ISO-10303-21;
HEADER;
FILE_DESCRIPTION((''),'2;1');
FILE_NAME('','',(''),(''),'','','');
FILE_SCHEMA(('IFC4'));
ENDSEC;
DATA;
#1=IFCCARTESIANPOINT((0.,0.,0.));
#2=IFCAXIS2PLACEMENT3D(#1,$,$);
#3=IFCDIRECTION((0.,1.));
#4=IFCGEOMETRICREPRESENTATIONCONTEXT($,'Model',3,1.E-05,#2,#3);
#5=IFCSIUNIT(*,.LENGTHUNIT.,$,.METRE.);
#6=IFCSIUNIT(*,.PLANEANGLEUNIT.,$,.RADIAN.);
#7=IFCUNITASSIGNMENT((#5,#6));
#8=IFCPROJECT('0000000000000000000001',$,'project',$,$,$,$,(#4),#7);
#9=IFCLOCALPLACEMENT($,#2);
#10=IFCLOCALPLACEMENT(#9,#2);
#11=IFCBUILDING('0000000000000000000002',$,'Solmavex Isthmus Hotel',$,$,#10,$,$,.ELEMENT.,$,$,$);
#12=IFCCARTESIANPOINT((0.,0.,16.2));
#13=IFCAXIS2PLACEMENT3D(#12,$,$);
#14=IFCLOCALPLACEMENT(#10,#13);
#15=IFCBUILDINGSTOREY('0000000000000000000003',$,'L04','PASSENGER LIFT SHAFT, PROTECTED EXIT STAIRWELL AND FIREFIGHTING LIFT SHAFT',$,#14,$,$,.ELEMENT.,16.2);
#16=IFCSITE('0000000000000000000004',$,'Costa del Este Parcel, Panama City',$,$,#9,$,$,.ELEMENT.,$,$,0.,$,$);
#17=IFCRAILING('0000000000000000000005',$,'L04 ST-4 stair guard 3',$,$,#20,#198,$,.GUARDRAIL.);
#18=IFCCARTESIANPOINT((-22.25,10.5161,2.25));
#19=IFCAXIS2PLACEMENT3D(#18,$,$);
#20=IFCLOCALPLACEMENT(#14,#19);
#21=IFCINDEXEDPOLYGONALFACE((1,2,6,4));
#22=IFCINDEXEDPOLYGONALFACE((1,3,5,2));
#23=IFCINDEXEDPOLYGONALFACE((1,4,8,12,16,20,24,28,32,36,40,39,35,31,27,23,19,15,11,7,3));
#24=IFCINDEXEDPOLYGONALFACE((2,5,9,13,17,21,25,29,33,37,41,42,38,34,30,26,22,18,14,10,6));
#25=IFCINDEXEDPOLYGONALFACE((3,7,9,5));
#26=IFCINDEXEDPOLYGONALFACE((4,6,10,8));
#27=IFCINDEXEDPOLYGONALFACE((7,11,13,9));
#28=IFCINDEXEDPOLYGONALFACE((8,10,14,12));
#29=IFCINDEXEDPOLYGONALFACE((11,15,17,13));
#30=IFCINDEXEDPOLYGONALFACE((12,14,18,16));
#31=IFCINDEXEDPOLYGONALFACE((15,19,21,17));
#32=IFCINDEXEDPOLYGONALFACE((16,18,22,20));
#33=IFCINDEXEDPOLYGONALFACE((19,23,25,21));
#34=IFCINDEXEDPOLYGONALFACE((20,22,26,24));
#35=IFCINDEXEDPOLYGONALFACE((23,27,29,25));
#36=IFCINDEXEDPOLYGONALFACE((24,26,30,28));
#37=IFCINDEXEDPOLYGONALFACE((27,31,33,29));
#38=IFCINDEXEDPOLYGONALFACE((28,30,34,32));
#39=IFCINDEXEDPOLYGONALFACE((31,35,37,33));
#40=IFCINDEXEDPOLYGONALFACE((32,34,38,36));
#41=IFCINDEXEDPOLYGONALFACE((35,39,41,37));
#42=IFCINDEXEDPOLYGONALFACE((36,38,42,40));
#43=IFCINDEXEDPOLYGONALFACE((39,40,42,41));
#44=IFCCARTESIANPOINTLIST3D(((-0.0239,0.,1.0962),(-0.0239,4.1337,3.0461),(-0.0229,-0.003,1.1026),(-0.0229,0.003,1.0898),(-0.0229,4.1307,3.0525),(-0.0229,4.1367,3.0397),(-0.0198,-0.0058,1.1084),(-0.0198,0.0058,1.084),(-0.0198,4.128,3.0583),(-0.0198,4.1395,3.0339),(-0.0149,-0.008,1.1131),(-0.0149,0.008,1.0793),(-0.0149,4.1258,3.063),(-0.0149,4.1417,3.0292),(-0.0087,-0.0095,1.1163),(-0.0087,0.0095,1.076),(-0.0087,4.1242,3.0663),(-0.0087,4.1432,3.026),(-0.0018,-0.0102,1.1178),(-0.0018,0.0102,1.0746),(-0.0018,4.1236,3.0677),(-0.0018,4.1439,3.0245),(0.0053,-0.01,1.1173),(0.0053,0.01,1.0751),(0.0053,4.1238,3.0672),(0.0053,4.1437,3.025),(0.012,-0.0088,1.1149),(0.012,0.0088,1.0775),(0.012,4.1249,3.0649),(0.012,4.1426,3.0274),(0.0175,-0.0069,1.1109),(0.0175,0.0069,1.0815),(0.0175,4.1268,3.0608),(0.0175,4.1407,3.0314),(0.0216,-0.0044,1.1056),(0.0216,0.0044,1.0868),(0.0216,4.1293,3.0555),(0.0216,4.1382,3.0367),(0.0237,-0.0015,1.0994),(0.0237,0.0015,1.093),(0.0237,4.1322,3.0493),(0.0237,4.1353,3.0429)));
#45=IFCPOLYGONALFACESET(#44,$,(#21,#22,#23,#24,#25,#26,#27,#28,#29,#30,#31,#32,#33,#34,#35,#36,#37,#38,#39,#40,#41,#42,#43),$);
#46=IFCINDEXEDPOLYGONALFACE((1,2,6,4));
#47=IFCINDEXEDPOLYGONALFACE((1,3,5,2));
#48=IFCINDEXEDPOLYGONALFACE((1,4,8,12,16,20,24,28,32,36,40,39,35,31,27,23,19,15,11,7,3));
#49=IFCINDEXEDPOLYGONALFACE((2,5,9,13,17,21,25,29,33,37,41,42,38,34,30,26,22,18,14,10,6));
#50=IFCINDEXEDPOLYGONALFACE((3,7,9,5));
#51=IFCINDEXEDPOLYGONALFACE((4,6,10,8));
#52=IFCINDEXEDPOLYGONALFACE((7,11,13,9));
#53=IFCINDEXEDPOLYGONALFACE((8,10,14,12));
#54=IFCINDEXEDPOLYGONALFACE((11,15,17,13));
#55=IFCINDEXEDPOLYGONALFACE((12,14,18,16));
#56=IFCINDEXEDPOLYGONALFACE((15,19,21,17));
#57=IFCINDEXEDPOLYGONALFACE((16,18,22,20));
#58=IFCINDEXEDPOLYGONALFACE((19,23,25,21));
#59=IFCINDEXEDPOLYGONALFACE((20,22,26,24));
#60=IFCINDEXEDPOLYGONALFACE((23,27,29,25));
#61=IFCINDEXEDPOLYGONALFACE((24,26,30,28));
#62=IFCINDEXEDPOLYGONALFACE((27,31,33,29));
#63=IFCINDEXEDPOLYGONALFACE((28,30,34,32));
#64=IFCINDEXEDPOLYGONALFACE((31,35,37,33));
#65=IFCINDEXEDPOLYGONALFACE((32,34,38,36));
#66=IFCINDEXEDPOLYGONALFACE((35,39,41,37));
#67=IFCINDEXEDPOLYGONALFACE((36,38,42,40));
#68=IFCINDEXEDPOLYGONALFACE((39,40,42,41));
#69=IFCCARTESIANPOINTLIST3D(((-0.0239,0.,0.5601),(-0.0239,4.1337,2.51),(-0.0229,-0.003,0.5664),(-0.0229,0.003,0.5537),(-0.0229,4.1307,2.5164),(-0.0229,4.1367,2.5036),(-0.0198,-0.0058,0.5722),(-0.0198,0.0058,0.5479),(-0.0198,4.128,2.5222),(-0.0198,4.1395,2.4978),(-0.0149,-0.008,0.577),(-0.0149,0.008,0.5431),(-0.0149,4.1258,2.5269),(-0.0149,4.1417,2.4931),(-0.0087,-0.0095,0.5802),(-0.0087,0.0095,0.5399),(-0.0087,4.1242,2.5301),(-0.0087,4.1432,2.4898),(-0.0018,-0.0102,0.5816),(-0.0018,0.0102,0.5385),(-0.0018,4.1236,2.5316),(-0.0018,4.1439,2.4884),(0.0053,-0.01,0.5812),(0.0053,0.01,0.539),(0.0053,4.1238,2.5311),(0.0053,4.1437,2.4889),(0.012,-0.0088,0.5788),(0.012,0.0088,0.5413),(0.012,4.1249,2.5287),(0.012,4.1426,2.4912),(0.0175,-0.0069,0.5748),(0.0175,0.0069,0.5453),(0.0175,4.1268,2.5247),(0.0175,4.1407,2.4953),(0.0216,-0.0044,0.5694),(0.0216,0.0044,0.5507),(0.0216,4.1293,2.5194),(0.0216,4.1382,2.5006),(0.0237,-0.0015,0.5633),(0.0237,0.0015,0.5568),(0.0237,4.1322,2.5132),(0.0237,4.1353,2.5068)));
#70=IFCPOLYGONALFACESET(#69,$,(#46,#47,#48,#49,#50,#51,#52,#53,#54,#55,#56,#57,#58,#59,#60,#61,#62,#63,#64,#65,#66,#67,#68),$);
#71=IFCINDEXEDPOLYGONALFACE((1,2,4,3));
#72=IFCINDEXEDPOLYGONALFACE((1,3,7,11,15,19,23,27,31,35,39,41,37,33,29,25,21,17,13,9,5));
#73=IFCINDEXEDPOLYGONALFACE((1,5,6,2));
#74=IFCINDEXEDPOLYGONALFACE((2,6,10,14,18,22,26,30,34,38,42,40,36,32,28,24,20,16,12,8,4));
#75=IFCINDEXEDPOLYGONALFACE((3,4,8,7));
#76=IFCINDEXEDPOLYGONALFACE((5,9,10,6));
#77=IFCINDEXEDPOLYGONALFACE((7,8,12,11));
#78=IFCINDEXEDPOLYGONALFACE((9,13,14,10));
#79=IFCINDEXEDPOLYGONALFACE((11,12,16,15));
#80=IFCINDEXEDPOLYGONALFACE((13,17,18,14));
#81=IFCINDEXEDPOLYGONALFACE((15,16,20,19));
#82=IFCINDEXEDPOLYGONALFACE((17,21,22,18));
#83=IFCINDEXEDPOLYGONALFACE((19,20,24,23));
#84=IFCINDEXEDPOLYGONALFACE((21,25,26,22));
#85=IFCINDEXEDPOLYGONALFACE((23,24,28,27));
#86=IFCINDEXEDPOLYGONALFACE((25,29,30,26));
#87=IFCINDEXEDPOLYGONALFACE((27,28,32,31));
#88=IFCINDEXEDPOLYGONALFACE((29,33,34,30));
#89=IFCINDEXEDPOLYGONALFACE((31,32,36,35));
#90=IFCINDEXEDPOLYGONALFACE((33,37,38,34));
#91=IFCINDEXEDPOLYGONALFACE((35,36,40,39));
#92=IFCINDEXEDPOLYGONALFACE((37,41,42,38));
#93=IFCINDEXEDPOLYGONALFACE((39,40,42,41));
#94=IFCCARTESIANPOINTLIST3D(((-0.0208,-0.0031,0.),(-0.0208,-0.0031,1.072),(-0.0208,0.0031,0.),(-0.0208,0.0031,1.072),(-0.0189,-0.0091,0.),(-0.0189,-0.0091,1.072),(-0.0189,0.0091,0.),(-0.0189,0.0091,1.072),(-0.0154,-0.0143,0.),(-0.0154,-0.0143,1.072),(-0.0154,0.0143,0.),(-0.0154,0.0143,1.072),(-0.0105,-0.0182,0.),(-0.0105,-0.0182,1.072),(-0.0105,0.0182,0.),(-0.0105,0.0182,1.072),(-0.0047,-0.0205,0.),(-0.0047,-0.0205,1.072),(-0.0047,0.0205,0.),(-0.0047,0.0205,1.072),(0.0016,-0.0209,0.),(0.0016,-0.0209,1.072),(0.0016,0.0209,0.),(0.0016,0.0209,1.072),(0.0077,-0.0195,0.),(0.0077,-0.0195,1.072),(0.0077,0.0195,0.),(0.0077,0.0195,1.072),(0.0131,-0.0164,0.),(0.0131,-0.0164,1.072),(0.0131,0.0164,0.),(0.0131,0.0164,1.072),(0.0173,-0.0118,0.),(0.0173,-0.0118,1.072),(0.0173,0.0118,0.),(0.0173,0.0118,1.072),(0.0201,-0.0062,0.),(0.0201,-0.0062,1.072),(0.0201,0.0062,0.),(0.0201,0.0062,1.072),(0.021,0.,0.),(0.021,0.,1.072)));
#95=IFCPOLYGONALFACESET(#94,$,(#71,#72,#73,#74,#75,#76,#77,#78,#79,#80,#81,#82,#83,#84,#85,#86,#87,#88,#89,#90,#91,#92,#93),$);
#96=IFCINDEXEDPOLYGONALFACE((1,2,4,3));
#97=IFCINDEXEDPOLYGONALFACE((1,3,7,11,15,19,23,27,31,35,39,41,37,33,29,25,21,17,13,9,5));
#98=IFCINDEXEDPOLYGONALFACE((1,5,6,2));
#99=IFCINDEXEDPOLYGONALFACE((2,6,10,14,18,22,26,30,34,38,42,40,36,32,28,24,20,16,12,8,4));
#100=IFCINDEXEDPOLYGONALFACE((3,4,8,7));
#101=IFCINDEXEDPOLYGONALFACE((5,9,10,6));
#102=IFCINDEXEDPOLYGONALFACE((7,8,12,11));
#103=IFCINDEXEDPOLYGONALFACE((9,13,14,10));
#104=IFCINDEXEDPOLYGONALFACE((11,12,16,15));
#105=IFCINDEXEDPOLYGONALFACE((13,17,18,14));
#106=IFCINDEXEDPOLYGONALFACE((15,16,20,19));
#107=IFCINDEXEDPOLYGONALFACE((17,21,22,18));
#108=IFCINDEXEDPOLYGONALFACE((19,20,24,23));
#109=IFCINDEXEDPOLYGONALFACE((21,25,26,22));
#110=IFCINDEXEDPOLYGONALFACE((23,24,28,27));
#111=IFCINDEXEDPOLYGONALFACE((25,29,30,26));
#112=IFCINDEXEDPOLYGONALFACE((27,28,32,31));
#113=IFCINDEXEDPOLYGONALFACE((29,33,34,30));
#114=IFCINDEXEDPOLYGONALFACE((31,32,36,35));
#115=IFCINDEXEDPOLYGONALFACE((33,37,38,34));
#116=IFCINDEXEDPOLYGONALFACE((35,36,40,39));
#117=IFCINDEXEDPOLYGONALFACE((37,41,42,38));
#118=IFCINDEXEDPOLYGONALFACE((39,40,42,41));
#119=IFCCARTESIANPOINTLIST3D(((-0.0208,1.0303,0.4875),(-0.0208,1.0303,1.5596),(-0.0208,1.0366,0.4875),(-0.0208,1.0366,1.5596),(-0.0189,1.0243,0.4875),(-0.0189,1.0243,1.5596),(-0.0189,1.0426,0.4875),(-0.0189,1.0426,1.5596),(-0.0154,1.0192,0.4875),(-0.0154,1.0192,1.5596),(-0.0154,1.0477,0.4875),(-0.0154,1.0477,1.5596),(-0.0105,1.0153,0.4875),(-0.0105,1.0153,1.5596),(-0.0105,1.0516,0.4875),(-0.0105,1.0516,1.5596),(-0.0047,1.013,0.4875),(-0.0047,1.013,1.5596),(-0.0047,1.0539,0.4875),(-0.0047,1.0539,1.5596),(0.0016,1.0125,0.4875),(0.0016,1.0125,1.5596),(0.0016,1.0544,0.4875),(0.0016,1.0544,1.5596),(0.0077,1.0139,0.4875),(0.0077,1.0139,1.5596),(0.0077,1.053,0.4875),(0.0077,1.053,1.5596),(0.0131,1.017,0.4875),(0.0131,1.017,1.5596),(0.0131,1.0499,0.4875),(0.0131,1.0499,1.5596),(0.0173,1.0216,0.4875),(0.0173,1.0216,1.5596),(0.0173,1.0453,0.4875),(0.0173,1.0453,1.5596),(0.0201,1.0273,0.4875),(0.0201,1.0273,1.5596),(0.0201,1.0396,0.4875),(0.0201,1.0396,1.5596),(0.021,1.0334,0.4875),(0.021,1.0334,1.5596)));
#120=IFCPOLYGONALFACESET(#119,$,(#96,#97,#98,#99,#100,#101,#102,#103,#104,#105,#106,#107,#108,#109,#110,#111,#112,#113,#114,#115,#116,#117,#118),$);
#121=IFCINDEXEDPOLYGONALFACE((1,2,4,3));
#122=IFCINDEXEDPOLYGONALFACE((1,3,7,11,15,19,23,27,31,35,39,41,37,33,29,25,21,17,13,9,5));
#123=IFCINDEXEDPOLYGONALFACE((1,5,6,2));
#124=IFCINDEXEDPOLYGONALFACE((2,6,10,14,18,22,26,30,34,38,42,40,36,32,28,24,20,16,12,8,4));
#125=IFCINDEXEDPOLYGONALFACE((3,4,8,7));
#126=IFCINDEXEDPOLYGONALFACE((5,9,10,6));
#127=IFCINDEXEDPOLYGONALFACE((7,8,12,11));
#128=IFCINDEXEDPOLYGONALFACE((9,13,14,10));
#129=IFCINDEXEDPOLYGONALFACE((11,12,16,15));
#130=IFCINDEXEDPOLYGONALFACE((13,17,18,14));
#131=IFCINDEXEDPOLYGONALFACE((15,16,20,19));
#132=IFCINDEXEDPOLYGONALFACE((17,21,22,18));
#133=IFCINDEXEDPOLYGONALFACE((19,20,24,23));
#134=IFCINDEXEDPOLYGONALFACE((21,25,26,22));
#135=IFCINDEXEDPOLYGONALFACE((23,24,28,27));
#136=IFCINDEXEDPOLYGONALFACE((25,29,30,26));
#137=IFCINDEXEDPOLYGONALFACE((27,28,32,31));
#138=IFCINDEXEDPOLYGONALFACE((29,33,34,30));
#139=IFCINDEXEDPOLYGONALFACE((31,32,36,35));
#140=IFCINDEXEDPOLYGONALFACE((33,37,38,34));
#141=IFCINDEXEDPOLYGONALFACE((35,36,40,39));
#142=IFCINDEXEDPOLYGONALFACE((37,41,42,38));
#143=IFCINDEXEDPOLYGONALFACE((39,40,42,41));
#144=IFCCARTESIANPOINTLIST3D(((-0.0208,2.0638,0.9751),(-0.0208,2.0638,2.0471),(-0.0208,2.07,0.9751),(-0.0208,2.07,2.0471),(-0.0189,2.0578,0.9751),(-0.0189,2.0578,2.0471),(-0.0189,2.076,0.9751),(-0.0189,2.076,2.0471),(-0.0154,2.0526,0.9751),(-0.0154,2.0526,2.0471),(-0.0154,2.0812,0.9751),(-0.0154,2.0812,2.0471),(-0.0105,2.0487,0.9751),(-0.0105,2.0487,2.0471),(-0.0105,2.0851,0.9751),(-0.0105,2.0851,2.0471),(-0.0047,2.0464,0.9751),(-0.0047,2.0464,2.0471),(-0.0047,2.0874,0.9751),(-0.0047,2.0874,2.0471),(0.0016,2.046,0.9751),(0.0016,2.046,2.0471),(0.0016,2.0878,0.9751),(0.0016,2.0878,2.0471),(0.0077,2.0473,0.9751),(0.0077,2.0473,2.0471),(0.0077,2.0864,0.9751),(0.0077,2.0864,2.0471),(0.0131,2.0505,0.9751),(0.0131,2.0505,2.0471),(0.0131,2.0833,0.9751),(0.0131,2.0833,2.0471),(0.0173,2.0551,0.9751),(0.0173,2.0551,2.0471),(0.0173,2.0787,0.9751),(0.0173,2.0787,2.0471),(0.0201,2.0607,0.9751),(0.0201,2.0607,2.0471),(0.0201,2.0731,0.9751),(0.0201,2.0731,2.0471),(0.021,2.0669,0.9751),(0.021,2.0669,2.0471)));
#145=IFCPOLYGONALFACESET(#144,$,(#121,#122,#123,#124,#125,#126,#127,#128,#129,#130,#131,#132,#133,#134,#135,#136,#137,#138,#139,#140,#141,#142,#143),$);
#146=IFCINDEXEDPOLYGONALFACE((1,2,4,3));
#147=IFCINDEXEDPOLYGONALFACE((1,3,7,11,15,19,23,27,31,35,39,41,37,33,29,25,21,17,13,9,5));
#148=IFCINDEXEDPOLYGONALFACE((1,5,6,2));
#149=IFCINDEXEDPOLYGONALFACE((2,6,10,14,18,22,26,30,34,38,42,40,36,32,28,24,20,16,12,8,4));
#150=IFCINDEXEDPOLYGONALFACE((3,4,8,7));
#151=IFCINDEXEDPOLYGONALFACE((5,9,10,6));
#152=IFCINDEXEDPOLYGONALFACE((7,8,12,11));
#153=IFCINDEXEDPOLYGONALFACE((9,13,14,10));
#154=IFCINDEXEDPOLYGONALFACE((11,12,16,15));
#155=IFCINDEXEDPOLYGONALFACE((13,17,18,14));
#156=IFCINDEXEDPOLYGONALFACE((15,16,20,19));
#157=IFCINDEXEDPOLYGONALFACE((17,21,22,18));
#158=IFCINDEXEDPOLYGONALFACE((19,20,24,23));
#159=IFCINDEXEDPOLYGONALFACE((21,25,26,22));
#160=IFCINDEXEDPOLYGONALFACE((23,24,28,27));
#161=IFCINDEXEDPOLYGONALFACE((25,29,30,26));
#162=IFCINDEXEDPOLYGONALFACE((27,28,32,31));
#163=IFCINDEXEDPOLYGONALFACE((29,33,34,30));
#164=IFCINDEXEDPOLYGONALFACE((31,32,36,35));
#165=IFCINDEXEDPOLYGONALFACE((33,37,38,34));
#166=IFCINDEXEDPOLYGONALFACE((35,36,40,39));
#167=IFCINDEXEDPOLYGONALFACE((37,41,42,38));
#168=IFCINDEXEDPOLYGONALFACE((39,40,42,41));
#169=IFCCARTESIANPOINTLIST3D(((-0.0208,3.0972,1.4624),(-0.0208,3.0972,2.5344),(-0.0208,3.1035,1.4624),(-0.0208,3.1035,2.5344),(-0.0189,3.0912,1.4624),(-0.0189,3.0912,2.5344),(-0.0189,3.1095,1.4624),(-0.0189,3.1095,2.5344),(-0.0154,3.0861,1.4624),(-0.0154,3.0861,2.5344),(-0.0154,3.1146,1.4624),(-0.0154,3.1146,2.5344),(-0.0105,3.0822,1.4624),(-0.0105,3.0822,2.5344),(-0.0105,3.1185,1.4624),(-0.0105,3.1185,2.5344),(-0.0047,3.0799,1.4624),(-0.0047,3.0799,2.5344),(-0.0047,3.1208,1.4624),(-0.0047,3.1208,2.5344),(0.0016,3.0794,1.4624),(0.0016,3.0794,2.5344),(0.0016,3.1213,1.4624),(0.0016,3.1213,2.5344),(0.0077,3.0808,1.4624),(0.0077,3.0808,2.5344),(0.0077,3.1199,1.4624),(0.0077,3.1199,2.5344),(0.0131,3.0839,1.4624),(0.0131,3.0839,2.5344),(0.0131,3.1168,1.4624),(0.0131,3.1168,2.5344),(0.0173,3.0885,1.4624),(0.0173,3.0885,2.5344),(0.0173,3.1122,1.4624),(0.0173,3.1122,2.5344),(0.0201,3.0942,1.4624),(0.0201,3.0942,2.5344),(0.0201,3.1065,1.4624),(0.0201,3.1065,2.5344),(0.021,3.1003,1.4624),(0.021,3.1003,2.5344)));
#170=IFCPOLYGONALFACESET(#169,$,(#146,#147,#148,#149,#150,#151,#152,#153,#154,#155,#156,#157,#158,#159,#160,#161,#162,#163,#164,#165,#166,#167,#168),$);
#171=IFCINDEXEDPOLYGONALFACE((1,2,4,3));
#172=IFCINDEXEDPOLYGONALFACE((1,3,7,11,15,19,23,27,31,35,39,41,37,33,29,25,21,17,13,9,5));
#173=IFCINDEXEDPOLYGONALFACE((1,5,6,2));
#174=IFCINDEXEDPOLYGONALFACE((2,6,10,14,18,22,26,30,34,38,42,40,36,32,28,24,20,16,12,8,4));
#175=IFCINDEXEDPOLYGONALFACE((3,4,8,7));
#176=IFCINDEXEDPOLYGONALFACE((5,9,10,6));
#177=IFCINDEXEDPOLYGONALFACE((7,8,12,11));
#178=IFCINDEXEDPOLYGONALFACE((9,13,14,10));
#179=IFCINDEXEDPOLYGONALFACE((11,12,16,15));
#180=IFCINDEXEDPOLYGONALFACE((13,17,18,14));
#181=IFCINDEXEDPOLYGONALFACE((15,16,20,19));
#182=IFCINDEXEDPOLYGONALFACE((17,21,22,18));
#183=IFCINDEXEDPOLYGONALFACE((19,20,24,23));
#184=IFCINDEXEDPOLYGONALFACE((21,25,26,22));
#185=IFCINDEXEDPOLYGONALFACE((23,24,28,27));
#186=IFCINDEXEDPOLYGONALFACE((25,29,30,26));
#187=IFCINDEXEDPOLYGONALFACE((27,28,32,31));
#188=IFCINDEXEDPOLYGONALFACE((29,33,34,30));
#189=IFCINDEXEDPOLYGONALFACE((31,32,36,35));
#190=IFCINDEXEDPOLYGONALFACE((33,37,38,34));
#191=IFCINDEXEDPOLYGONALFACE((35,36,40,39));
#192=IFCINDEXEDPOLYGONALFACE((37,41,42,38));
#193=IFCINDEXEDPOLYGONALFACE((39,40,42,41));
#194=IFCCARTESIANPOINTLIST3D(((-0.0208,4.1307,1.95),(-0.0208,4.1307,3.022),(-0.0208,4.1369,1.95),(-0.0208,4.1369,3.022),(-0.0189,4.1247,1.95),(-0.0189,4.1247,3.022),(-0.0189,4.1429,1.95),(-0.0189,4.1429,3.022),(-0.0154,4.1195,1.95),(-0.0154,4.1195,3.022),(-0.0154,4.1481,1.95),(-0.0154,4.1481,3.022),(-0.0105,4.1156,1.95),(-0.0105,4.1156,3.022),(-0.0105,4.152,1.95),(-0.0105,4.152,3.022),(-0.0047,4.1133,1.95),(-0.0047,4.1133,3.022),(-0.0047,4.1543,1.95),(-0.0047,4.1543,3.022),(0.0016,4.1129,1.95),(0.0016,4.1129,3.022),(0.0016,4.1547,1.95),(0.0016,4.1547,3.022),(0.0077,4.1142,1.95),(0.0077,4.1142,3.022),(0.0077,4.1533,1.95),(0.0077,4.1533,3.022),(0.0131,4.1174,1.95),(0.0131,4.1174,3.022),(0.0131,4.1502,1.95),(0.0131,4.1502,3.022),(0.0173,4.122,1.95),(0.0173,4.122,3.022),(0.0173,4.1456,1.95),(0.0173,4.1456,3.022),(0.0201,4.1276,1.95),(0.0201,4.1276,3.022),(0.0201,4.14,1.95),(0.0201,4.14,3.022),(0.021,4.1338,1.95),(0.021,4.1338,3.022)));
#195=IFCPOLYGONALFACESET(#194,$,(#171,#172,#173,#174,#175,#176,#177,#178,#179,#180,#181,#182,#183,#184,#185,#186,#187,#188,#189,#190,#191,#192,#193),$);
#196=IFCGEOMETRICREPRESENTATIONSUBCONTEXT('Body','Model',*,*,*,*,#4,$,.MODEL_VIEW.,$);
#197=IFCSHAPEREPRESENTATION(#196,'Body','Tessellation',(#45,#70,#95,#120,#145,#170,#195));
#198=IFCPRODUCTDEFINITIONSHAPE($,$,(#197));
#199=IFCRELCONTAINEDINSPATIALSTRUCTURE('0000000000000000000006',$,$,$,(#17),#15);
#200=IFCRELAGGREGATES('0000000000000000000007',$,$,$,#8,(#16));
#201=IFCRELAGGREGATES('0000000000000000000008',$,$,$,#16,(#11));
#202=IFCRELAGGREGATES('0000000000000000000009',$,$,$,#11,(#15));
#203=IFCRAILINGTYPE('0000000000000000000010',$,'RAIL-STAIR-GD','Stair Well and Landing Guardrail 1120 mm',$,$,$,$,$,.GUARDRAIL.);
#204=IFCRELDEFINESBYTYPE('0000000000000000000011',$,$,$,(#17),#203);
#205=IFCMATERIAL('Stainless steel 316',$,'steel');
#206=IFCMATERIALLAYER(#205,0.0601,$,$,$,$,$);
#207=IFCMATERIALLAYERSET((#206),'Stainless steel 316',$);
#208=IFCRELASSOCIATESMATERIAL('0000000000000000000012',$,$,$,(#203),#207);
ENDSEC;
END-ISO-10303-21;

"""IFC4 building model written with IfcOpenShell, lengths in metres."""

from ifc_helpers import new_model, si_unit, direction, frame, origin, origin_2d, place, context, subcontext, project, spatial, circle, extrude, material, layer, layer_set, type_object, element, save


model = new_model("IFC4")

# Units and contexts
model_context = context("Model", 3, precision=1e-05, world=origin(), true_north=direction((0.0, 1.0)))
body_context = subcontext(model_context, "Body", "Model", "MODEL_VIEW")
ifc_project = project(units=[si_unit("LENGTHUNIT", "METRE"), si_unit("PLANEANGLEUNIT", "RADIAN")], contexts=[model_context])

# Site, building, storey
site_placement = place(None, origin())
site = spatial("IfcSite", under=ifc_project, at=site_placement, Name="Costa del Este Parcel, Panama City", CompositionType="ELEMENT", RefElevation=0.0)
building_placement = place(site_placement, origin())
building = spatial("IfcBuilding", under=site, at=building_placement, Name="Solmavex Isthmus Hotel", CompositionType="ELEMENT")
storey_placement = place(building_placement, frame((0.0, 0.0, 16.2)))
storey = spatial("IfcBuildingStorey", under=building, at=storey_placement, Name="L04", Description="PASSENGER LIFT SHAFT, PROTECTED EXIT STAIRWELL AND FIREFIGHTING LIFT SHAFT", CompositionType="ELEMENT", Elevation=16.2)

# Railing
ifc_material_1 = material(Name="Stainless steel 316", Category="steel")
ifc_layer_1 = layer(ifc_material_1, 0.0601)
ifc_layer_set_1 = layer_set([ifc_layer_1], Name="Stainless steel 316")
railing_type_1 = type_object("IfcRailingType", Name="RAIL-STAIR-GD", Description="Stair Well and Landing Guardrail 1120 mm", PredefinedType="GUARDRAIL", material=ifc_layer_set_1)
railing_1_placement = place(storey_placement, frame((-22.25, 10.5161, 2.25)))
element("IfcRailing", 1, at=railing_1_placement, inside=storey, type_object=railing_type_1, Name="L04 ST-4 stair guard 3", PredefinedType="GUARDRAIL", context=body_context, shape_type="SweptSolid", body=[
    extrude(circle(Radius=0.0239, at=origin_2d()), frame((0.0, 0.0, 1.0962), z_axis=(0.0, 0.904427, 0.426628), x_axis=(-1.0, 0.0, 0.0)), (0.0, 0.0, 1.0), 4.5706),
    extrude(circle(Radius=0.0239, at=origin_2d()), frame((0.0, 0.0, 0.5601), z_axis=(0.0, 0.904427, 0.426628), x_axis=(-1.0, 0.0, 0.0)), (0.0, 0.0, 1.0), 4.5706),
    extrude(circle(Radius=0.021, at=origin_2d()), origin(), (0.0, 0.0, 1.0), 1.072),
    extrude(circle(Radius=0.021, at=origin_2d()), frame((0.0, 1.0334, 0.4875)), (0.0, 0.0, 1.0), 1.072),
    extrude(circle(Radius=0.021, at=origin_2d()), frame((0.0, 2.0669, 0.9751)), (0.0, 0.0, 1.0), 1.072),
    extrude(circle(Radius=0.021, at=origin_2d()), frame((0.0, 3.1003, 1.4624)), (0.0, 0.0, 1.0), 1.072),
    extrude(circle(Radius=0.021, at=origin_2d()), frame((0.0, 4.1338, 1.95)), (0.0, 0.0, 1.0), 1.072),
])

save(model, "model.ifc")
